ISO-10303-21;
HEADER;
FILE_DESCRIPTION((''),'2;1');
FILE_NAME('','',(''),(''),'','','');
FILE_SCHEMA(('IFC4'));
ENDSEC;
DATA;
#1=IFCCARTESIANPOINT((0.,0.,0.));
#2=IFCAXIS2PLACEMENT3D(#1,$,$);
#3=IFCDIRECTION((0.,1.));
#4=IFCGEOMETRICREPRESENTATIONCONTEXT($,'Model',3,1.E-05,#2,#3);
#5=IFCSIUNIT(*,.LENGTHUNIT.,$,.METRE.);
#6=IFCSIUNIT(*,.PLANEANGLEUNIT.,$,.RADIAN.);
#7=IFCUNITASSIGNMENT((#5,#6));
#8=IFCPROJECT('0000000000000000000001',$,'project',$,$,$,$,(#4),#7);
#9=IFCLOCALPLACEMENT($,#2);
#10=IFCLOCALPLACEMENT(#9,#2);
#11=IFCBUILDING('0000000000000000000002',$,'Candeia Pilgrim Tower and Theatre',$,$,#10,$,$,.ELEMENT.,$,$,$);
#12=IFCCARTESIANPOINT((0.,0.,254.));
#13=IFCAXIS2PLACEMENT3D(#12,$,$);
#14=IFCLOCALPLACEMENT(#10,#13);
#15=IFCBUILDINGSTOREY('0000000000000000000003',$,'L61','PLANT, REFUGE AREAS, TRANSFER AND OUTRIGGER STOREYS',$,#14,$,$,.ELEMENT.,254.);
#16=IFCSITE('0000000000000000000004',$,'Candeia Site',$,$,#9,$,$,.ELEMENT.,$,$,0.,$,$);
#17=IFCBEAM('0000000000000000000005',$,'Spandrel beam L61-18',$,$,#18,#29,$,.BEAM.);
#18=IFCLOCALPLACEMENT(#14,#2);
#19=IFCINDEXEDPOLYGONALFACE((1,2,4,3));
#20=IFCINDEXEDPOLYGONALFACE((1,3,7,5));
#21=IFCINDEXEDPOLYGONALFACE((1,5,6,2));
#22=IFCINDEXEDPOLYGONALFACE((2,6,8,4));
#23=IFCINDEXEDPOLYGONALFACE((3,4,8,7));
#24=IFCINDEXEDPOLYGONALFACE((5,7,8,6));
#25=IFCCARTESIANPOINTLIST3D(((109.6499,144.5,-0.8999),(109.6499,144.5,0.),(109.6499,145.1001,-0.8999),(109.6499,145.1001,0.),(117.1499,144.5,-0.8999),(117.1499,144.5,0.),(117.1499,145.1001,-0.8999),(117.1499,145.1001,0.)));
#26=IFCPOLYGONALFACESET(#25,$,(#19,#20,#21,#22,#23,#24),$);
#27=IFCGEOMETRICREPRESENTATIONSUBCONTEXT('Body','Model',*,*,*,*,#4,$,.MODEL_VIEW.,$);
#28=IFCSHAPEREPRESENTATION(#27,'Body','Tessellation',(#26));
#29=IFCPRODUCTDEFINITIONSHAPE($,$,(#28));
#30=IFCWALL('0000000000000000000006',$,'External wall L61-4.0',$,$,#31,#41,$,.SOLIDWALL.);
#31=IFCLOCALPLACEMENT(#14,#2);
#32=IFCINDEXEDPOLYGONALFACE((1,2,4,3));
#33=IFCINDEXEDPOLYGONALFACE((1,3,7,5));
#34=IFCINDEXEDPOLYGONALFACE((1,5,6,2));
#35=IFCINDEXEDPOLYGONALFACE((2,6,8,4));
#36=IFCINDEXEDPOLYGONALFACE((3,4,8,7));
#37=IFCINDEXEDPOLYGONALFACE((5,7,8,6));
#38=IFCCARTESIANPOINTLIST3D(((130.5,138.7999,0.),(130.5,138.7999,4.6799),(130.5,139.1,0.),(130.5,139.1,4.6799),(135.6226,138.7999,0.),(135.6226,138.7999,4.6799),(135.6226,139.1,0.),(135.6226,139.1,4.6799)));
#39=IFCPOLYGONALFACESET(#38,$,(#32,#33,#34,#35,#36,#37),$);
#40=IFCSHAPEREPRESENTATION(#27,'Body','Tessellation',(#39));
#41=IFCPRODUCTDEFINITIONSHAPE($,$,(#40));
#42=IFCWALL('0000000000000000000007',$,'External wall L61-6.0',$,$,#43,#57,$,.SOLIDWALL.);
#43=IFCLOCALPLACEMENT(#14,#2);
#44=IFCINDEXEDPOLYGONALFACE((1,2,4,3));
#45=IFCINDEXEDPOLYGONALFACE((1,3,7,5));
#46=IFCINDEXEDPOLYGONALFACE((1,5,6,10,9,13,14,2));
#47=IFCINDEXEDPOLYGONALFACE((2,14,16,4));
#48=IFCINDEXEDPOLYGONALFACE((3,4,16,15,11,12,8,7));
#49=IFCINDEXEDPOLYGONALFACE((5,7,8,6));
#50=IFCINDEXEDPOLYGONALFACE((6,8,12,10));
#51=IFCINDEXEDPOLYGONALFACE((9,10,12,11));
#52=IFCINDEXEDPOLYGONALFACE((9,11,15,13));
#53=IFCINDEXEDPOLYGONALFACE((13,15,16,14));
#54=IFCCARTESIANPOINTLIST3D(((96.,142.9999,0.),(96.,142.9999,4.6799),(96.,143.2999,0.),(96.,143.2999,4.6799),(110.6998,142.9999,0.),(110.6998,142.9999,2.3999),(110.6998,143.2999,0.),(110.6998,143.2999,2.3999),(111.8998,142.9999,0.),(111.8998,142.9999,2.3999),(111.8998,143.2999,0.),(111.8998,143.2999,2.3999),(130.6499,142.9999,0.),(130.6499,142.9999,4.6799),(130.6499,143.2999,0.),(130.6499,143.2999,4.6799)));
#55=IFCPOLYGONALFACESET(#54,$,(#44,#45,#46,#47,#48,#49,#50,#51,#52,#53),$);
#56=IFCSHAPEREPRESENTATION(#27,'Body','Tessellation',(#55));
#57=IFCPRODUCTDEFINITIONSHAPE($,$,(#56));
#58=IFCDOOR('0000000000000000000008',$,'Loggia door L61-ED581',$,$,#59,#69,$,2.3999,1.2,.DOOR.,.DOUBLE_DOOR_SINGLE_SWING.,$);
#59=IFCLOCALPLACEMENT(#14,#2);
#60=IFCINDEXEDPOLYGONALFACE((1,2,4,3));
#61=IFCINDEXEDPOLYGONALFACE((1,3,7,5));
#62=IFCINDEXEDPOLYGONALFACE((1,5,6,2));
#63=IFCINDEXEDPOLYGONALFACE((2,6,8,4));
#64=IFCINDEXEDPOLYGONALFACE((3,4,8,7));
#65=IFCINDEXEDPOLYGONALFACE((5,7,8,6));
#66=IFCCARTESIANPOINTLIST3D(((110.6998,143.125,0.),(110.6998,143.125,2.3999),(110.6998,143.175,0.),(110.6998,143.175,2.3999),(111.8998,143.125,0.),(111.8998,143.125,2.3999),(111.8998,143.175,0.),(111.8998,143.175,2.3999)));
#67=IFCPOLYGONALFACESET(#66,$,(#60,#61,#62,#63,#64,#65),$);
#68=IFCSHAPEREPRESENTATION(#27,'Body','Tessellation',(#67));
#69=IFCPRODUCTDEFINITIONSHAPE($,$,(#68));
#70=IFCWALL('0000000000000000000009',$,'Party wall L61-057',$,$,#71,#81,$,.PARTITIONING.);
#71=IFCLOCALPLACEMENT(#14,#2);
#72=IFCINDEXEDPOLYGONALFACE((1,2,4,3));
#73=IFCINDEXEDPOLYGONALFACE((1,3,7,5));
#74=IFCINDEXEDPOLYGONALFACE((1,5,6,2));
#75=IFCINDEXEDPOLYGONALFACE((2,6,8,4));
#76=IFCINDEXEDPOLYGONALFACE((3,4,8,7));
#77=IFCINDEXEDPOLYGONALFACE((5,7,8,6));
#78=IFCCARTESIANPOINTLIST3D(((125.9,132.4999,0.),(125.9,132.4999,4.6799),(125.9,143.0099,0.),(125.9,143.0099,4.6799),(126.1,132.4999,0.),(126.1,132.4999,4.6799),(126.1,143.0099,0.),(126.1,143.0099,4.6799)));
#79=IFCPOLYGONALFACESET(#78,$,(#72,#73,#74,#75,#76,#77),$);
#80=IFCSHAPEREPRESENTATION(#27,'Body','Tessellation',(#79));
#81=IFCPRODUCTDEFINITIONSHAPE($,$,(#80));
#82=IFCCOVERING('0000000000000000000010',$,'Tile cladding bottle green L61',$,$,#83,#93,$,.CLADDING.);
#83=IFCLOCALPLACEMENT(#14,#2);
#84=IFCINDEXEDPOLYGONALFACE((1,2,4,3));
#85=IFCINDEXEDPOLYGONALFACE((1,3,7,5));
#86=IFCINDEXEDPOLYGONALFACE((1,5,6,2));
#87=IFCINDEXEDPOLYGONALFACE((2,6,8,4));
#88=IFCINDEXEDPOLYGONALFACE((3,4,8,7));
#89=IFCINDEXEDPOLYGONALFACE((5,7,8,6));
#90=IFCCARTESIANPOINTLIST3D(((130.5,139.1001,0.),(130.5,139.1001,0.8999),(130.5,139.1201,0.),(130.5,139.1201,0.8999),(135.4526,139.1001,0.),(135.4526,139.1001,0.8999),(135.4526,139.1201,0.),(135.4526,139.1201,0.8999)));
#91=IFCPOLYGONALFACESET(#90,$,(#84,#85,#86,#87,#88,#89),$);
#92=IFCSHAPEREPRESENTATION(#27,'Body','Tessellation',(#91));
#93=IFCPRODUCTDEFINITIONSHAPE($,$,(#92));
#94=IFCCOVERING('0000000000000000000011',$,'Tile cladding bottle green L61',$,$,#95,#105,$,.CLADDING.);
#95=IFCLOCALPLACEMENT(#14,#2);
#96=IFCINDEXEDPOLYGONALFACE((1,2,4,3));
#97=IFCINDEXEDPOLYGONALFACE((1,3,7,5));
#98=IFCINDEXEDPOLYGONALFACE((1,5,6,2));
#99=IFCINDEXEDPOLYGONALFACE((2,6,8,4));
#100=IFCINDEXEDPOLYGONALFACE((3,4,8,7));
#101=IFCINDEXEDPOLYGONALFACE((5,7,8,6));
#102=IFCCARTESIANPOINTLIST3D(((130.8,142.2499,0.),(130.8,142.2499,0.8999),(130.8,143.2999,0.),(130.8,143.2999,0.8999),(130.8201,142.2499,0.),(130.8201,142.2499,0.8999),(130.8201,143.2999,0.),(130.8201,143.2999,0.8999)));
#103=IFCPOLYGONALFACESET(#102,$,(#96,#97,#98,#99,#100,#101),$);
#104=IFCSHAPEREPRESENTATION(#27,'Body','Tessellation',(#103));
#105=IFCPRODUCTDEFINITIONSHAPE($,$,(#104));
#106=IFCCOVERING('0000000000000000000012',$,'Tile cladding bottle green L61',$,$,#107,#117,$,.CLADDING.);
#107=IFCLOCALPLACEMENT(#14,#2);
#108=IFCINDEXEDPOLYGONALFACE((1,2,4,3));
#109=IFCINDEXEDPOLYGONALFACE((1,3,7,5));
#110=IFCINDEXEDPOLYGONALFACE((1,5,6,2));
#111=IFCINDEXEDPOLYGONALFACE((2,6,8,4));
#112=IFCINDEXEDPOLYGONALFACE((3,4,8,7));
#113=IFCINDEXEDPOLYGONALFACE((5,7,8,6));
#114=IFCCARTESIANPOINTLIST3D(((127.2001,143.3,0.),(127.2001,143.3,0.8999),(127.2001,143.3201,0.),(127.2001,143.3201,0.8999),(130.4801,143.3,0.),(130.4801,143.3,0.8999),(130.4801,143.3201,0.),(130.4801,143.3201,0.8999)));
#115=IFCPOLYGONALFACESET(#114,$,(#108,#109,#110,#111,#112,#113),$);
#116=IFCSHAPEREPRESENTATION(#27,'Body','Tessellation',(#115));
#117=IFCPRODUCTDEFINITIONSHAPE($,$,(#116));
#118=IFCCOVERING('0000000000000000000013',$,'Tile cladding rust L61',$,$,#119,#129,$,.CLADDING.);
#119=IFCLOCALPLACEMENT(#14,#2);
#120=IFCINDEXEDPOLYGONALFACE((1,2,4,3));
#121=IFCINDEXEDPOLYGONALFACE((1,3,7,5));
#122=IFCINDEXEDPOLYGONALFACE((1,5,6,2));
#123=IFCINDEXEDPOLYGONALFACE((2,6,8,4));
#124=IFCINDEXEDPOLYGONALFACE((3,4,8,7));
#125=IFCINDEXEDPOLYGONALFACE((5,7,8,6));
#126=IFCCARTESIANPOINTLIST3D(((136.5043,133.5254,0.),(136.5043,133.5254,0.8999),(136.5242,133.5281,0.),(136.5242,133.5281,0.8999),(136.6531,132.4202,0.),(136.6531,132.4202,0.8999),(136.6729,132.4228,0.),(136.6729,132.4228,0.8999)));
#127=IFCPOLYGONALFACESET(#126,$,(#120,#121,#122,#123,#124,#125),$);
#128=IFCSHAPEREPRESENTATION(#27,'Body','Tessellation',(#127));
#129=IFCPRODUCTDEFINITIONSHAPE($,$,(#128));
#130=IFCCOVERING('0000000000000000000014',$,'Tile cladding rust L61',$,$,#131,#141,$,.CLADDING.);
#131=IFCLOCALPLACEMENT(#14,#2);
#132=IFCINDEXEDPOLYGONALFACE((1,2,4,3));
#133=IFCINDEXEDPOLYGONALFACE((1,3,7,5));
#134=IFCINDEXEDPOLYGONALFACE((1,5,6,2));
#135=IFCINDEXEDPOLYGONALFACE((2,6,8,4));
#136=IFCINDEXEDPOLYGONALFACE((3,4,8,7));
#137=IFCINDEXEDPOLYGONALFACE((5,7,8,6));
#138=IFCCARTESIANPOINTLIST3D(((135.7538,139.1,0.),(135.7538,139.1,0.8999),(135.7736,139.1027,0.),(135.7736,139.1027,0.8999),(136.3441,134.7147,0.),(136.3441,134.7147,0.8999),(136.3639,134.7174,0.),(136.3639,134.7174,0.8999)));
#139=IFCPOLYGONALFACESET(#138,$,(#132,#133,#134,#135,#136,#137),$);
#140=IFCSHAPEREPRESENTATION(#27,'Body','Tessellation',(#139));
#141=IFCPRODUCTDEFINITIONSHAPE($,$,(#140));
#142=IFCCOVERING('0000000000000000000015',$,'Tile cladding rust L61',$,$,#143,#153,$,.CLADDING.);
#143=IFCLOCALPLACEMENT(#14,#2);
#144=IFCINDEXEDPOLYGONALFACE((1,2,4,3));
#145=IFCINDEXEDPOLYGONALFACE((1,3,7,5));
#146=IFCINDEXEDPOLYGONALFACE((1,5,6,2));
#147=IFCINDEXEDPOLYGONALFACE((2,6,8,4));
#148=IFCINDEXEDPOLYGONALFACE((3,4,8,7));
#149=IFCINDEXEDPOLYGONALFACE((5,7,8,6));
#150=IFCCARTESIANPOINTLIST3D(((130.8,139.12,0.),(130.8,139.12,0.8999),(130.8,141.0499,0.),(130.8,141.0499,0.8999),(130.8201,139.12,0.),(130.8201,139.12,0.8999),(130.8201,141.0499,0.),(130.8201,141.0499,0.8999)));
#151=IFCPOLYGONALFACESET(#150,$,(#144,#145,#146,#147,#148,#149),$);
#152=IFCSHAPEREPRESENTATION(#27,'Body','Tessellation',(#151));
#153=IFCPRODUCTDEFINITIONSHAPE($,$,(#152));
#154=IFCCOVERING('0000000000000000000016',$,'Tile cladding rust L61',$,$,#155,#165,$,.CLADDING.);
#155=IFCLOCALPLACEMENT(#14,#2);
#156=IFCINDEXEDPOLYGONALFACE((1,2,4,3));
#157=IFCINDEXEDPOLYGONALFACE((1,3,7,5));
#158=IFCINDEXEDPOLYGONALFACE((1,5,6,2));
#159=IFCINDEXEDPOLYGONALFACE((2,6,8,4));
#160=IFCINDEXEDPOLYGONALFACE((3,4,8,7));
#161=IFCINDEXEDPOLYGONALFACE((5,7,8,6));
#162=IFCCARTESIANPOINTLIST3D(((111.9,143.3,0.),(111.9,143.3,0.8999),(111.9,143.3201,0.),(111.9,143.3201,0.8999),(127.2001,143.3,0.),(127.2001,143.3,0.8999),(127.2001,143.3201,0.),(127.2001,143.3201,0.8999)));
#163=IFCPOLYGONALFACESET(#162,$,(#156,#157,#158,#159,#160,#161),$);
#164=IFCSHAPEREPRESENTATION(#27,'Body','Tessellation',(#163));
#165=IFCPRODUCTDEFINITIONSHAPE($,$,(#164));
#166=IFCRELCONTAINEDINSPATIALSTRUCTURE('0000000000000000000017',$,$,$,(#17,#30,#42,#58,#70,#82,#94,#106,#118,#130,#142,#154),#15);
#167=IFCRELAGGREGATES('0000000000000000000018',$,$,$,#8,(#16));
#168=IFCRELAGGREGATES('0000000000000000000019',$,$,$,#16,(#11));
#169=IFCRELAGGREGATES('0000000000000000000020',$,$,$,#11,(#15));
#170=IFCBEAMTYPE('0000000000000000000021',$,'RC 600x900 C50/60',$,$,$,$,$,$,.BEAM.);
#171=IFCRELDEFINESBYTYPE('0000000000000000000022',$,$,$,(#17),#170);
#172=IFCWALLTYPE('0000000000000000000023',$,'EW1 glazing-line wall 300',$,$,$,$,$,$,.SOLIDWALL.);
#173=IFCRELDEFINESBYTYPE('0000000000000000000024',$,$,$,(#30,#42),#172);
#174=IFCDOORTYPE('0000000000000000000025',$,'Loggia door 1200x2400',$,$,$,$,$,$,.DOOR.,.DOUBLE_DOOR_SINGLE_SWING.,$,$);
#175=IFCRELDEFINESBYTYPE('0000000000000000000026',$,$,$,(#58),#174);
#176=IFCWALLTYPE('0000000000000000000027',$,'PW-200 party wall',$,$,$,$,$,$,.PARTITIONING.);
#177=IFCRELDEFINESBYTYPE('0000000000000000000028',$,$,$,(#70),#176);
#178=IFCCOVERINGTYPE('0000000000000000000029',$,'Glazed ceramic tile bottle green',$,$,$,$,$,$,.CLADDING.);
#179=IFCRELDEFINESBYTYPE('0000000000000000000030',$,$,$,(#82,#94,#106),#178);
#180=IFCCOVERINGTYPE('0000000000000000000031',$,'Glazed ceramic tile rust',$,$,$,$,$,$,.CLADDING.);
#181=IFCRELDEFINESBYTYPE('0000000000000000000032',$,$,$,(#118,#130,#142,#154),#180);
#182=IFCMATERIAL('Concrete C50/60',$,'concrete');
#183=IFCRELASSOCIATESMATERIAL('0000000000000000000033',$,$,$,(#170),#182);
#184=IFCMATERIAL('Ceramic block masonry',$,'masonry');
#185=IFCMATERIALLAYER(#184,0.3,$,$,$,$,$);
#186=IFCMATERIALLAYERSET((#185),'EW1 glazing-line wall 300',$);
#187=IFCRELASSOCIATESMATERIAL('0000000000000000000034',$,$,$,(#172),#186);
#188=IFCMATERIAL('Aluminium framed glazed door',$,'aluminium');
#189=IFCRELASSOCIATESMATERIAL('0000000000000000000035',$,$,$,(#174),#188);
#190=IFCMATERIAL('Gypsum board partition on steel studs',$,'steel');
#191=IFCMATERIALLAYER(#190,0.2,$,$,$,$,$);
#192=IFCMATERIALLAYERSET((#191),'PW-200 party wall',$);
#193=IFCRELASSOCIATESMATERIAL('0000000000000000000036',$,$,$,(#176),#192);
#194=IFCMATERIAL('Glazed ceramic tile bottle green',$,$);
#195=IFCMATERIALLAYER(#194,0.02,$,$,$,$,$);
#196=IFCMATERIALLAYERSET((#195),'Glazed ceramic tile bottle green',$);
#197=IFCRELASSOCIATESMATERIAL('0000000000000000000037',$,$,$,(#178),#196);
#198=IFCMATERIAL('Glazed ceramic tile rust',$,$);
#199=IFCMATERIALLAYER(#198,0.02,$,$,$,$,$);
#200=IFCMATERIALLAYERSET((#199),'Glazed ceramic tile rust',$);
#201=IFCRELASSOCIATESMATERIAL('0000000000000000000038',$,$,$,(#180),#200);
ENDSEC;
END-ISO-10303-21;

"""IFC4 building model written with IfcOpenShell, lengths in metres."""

from ifc_helpers import new_model, si_unit, direction, frame, frame_2d, origin, origin_2d, place, context, subcontext, project, spatial, rectangle, extrude, material, layer, layer_set, material_profile, profile_set, type_object, element, fill, save


model = new_model("IFC4")

# Units and contexts
model_context = context("Model", 3, precision=1e-05, world=origin(), true_north=direction((0.0, 1.0)))
body_context = subcontext(model_context, "Body", "Model", "MODEL_VIEW")
ifc_project = project(units=[si_unit("LENGTHUNIT", "METRE"), si_unit("PLANEANGLEUNIT", "RADIAN")], contexts=[model_context])

# Site, building, storey
site_placement = place(None, origin())
site = spatial("IfcSite", under=ifc_project, at=site_placement, Name="Candeia Site", CompositionType="ELEMENT", RefElevation=0.0)
building_placement = place(site_placement, origin())
building = spatial("IfcBuilding", under=site, at=building_placement, Name="Candeia Pilgrim Tower and Theatre", CompositionType="ELEMENT")
storey_placement = place(building_placement, frame((0.0, 0.0, 254.0)))
storey = spatial("IfcBuildingStorey", under=building, at=storey_placement, Name="L61", Description="PLANT, REFUGE AREAS, TRANSFER AND OUTRIGGER STOREYS", CompositionType="ELEMENT", Elevation=254.0)

# Shared definitions
ifc_material_1 = material(Name="Concrete C50/60", Category="concrete")

# Beam
ifc_material_profile_1 = material_profile(ifc_material_1, rectangle(XDim=0.6001, YDim=0.8999, at=origin_2d()))
ifc_profile_set_1 = profile_set([ifc_material_profile_1], Name="Concrete C50/60")
beam_type = type_object("IfcBeamType", Name="RC 600x900 C50/60", PredefinedType="BEAM", material=ifc_profile_set_1)
for number, where, z_axis, x_axis, name in (
    (1, (117.1499, 144.8, -0.45), (-1.0, 0.0, 0.0), (0.0, -1.0, 0.0), "Spandrel beam L61-18"),
):
    element("IfcBeam", number, at=place(storey_placement, frame(where, z_axis=z_axis, x_axis=x_axis)), inside=storey, type_object=beam_type, Name=name, PredefinedType="BEAM", context=body_context, shape_type="SweptSolid", body=[
        extrude(rectangle(XDim=0.6001, YDim=0.8999, at=origin_2d()), origin(), (0.0, 0.0, 1.0), 7.5),
    ])

# Shared definitions
ifc_material_2 = material(Name="Ceramic block masonry", Category="masonry")
ifc_layer_1 = layer(ifc_material_2, 0.3)
ifc_layer_set_1 = layer_set([ifc_layer_1], Name="EW1 glazing-line wall 300")
wall_type_1 = type_object("IfcWallType", Name="EW1 glazing-line wall 300", PredefinedType="SOLIDWALL", material=ifc_layer_set_1)
ifc_material_3 = material(Name="Aluminium framed glazed door", Category="aluminium")
door_type = type_object("IfcDoorType", Name="Loggia door 1200x2400", OperationType="DOUBLE_DOOR_SINGLE_SWING", PredefinedType="DOOR", material=ifc_material_3)

# Wall
wall_1_placement = place(storey_placement, frame((135.6226, 138.95, 0.0), z_axis=(0.0, 0.0, 1.0), x_axis=(-1.0, 0.0, 0.0)))
element("IfcWall", 2, at=wall_1_placement, inside=storey, type_object=wall_type_1, Name="External wall L61-4.0", PredefinedType="SOLIDWALL", context=body_context, shape_type="SweptSolid", body=[
    extrude(rectangle(XDim=5.1226, YDim=0.3, at=frame_2d((2.5613, 0.0))), origin(), (0.0, 0.0, 1.0), 4.6799),
])

# Wall, opening, door
wall_2_placement = place(storey_placement, frame((130.6499, 143.1499, 0.0), z_axis=(0.0, 0.0, 1.0), x_axis=(-1.0, 0.0, 0.0)))
wall_2 = element("IfcWall", 3, at=wall_2_placement, inside=storey, type_object=wall_type_1, Name="External wall L61-6.0", PredefinedType="SOLIDWALL", context=body_context, shape_type="SweptSolid", body=[
    extrude(rectangle(XDim=34.6499, YDim=0.3, at=frame_2d((17.325, 0.0))), origin(), (0.0, 0.0, 1.0), 4.6799),
])
opening_1_placement = place(wall_2_placement, frame((18.75, 0.0, 0.0)))
opening_1 = element("IfcOpeningElement", 4, at=opening_1_placement, cuts=wall_2, PredefinedType="OPENING", context=body_context, shape_type="SweptSolid", body=[
    extrude(rectangle(XDim=1.2, YDim=2.3999, at=frame_2d((0.6001, 1.2))), frame((0.0, 0.1602, 0.0), z_axis=(0.0, -1.0, 0.0), x_axis=(1.0, 0.0, 0.0)), (0.0, 0.0, 1.0), 0.3201),
])
door_1_placement = place(opening_1_placement, origin())
door_1 = element("IfcDoor", 5, at=door_1_placement, inside=storey, type_object=door_type, Name="Loggia door L61-ED581", OperationType="DOUBLE_DOOR_SINGLE_SWING", OverallHeight=2.3999, OverallWidth=1.2, PredefinedType="DOOR", context=body_context, shape_type="SweptSolid", body=[
    extrude(rectangle(XDim=1.2, YDim=2.3999, at=frame_2d((0.6001, 1.2))), frame((0.0, 0.0249, 0.0), z_axis=(0.0, -1.0, 0.0), x_axis=(1.0, 0.0, 0.0)), (0.0, 0.0, 1.0), 0.05),
])
fill(opening_1, door_1)

# Wall
ifc_material_4 = material(Name="Gypsum board partition on steel studs", Category="steel")
ifc_layer_2 = layer(ifc_material_4, 0.2)
ifc_layer_set_2 = layer_set([ifc_layer_2], Name="PW-200 party wall")
wall_type_2 = type_object("IfcWallType", Name="PW-200 party wall", PredefinedType="PARTITIONING", material=ifc_layer_set_2)
wall_3_placement = place(storey_placement, frame((126.0, 132.5, 0.0), z_axis=(0.0, 0.0, 1.0), x_axis=(0.0, 1.0, 0.0)))
element("IfcWall", 6, at=wall_3_placement, inside=storey, type_object=wall_type_2, Name="Party wall L61-057", PredefinedType="PARTITIONING", context=body_context, shape_type="SweptSolid", body=[
    extrude(rectangle(XDim=10.51, YDim=0.2, at=frame_2d((5.2549, 0.0))), origin(), (0.0, 0.0, 1.0), 4.6799),
])

# Coverings
ifc_material_5 = material(Name="Glazed ceramic tile bottle green")
ifc_layer_3 = layer(ifc_material_5, 0.02)
ifc_layer_set_3 = layer_set([ifc_layer_3], Name="Glazed ceramic tile bottle green")
covering_type_1 = type_object("IfcCoveringType", Name="Glazed ceramic tile bottle green", PredefinedType="CLADDING", material=ifc_layer_set_3)
covering_1_placement = place(storey_placement, frame((132.9763, 139.1101, 0.0), z_axis=(0.0, 0.0, 1.0), x_axis=(-1.0, 0.0, 0.0)))
element("IfcCovering", 7, at=covering_1_placement, inside=storey, type_object=covering_type_1, Name="Tile cladding bottle green L61", PredefinedType="CLADDING", context=body_context, shape_type="SweptSolid", body=[
    extrude(rectangle(XDim=4.9526, YDim=0.02, at=origin_2d()), origin(), (0.0, 0.0, 1.0), 0.8999),
])
covering_2_placement = place(storey_placement, frame((130.8101, 142.7749, 0.0), z_axis=(0.0, 0.0, 1.0), x_axis=(0.0, 1.0, 0.0)))
element("IfcCovering", 8, at=covering_2_placement, inside=storey, type_object=covering_type_1, Name="Tile cladding bottle green L61", PredefinedType="CLADDING", context=body_context, shape_type="SweptSolid", body=[
    extrude(rectangle(XDim=1.05, YDim=0.02, at=origin_2d()), origin(), (0.0, 0.0, 1.0), 0.8999),
])
covering_3_placement = place(storey_placement, frame((128.8401, 143.3101, 0.0), z_axis=(0.0, 0.0, 1.0), x_axis=(-1.0, 0.0, 0.0)))
element("IfcCovering", 9, at=covering_3_placement, inside=storey, type_object=covering_type_1, Name="Tile cladding bottle green L61", PredefinedType="CLADDING", context=body_context, shape_type="SweptSolid", body=[
    extrude(rectangle(XDim=3.28, YDim=0.02, at=origin_2d()), origin(), (0.0, 0.0, 1.0), 0.8999),
])
ifc_material_6 = material(Name="Glazed ceramic tile rust")
ifc_layer_4 = layer(ifc_material_6, 0.02)
ifc_layer_set_4 = layer_set([ifc_layer_4], Name="Glazed ceramic tile rust")
covering_type_2 = type_object("IfcCoveringType", Name="Glazed ceramic tile rust", PredefinedType="CLADDING", material=ifc_layer_set_4)
covering_4_placement = place(storey_placement, frame((136.5886, 132.9741, 0.0), z_axis=(0.0, 0.0, 1.0), x_axis=(-0.133412, 0.991061, 0.0)))
element("IfcCovering", 10, at=covering_4_placement, inside=storey, type_object=covering_type_2, Name="Tile cladding rust L61", PredefinedType="CLADDING", context=body_context, shape_type="SweptSolid", body=[
    extrude(rectangle(XDim=1.1152, YDim=0.02, at=origin_2d()), origin(), (0.0, 0.0, 1.0), 0.8999),
])
covering_5_placement = place(storey_placement, frame((136.0588, 136.9087, 0.0), z_axis=(0.0, 0.0, 1.0), x_axis=(-0.133412, 0.991061, 0.0)))
element("IfcCovering", 11, at=covering_5_placement, inside=storey, type_object=covering_type_2, Name="Tile cladding rust L61", PredefinedType="CLADDING", context=body_context, shape_type="SweptSolid", body=[
    extrude(rectangle(XDim=4.4248, YDim=0.02, at=origin_2d()), origin(), (0.0, 0.0, 1.0), 0.8999),
])
covering_6_placement = place(storey_placement, frame((130.8101, 140.085, 0.0), z_axis=(0.0, 0.0, 1.0), x_axis=(0.0, 1.0, 0.0)))
element("IfcCovering", 12, at=covering_6_placement, inside=storey, type_object=covering_type_2, Name="Tile cladding rust L61", PredefinedType="CLADDING", context=body_context, shape_type="SweptSolid", body=[
    extrude(rectangle(XDim=1.9299, YDim=0.02, at=origin_2d()), origin(), (0.0, 0.0, 1.0), 0.8999),
])
covering_7_placement = place(storey_placement, frame((119.55, 143.3101, 0.0), z_axis=(0.0, 0.0, 1.0), x_axis=(-1.0, 0.0, 0.0)))
element("IfcCovering", 13, at=covering_7_placement, inside=storey, type_object=covering_type_2, Name="Tile cladding rust L61", PredefinedType="CLADDING", context=body_context, shape_type="SweptSolid", body=[
    extrude(rectangle(XDim=15.3, YDim=0.02, at=origin_2d()), origin(), (0.0, 0.0, 1.0), 0.8999),
])

save(model, "model.ifc")
